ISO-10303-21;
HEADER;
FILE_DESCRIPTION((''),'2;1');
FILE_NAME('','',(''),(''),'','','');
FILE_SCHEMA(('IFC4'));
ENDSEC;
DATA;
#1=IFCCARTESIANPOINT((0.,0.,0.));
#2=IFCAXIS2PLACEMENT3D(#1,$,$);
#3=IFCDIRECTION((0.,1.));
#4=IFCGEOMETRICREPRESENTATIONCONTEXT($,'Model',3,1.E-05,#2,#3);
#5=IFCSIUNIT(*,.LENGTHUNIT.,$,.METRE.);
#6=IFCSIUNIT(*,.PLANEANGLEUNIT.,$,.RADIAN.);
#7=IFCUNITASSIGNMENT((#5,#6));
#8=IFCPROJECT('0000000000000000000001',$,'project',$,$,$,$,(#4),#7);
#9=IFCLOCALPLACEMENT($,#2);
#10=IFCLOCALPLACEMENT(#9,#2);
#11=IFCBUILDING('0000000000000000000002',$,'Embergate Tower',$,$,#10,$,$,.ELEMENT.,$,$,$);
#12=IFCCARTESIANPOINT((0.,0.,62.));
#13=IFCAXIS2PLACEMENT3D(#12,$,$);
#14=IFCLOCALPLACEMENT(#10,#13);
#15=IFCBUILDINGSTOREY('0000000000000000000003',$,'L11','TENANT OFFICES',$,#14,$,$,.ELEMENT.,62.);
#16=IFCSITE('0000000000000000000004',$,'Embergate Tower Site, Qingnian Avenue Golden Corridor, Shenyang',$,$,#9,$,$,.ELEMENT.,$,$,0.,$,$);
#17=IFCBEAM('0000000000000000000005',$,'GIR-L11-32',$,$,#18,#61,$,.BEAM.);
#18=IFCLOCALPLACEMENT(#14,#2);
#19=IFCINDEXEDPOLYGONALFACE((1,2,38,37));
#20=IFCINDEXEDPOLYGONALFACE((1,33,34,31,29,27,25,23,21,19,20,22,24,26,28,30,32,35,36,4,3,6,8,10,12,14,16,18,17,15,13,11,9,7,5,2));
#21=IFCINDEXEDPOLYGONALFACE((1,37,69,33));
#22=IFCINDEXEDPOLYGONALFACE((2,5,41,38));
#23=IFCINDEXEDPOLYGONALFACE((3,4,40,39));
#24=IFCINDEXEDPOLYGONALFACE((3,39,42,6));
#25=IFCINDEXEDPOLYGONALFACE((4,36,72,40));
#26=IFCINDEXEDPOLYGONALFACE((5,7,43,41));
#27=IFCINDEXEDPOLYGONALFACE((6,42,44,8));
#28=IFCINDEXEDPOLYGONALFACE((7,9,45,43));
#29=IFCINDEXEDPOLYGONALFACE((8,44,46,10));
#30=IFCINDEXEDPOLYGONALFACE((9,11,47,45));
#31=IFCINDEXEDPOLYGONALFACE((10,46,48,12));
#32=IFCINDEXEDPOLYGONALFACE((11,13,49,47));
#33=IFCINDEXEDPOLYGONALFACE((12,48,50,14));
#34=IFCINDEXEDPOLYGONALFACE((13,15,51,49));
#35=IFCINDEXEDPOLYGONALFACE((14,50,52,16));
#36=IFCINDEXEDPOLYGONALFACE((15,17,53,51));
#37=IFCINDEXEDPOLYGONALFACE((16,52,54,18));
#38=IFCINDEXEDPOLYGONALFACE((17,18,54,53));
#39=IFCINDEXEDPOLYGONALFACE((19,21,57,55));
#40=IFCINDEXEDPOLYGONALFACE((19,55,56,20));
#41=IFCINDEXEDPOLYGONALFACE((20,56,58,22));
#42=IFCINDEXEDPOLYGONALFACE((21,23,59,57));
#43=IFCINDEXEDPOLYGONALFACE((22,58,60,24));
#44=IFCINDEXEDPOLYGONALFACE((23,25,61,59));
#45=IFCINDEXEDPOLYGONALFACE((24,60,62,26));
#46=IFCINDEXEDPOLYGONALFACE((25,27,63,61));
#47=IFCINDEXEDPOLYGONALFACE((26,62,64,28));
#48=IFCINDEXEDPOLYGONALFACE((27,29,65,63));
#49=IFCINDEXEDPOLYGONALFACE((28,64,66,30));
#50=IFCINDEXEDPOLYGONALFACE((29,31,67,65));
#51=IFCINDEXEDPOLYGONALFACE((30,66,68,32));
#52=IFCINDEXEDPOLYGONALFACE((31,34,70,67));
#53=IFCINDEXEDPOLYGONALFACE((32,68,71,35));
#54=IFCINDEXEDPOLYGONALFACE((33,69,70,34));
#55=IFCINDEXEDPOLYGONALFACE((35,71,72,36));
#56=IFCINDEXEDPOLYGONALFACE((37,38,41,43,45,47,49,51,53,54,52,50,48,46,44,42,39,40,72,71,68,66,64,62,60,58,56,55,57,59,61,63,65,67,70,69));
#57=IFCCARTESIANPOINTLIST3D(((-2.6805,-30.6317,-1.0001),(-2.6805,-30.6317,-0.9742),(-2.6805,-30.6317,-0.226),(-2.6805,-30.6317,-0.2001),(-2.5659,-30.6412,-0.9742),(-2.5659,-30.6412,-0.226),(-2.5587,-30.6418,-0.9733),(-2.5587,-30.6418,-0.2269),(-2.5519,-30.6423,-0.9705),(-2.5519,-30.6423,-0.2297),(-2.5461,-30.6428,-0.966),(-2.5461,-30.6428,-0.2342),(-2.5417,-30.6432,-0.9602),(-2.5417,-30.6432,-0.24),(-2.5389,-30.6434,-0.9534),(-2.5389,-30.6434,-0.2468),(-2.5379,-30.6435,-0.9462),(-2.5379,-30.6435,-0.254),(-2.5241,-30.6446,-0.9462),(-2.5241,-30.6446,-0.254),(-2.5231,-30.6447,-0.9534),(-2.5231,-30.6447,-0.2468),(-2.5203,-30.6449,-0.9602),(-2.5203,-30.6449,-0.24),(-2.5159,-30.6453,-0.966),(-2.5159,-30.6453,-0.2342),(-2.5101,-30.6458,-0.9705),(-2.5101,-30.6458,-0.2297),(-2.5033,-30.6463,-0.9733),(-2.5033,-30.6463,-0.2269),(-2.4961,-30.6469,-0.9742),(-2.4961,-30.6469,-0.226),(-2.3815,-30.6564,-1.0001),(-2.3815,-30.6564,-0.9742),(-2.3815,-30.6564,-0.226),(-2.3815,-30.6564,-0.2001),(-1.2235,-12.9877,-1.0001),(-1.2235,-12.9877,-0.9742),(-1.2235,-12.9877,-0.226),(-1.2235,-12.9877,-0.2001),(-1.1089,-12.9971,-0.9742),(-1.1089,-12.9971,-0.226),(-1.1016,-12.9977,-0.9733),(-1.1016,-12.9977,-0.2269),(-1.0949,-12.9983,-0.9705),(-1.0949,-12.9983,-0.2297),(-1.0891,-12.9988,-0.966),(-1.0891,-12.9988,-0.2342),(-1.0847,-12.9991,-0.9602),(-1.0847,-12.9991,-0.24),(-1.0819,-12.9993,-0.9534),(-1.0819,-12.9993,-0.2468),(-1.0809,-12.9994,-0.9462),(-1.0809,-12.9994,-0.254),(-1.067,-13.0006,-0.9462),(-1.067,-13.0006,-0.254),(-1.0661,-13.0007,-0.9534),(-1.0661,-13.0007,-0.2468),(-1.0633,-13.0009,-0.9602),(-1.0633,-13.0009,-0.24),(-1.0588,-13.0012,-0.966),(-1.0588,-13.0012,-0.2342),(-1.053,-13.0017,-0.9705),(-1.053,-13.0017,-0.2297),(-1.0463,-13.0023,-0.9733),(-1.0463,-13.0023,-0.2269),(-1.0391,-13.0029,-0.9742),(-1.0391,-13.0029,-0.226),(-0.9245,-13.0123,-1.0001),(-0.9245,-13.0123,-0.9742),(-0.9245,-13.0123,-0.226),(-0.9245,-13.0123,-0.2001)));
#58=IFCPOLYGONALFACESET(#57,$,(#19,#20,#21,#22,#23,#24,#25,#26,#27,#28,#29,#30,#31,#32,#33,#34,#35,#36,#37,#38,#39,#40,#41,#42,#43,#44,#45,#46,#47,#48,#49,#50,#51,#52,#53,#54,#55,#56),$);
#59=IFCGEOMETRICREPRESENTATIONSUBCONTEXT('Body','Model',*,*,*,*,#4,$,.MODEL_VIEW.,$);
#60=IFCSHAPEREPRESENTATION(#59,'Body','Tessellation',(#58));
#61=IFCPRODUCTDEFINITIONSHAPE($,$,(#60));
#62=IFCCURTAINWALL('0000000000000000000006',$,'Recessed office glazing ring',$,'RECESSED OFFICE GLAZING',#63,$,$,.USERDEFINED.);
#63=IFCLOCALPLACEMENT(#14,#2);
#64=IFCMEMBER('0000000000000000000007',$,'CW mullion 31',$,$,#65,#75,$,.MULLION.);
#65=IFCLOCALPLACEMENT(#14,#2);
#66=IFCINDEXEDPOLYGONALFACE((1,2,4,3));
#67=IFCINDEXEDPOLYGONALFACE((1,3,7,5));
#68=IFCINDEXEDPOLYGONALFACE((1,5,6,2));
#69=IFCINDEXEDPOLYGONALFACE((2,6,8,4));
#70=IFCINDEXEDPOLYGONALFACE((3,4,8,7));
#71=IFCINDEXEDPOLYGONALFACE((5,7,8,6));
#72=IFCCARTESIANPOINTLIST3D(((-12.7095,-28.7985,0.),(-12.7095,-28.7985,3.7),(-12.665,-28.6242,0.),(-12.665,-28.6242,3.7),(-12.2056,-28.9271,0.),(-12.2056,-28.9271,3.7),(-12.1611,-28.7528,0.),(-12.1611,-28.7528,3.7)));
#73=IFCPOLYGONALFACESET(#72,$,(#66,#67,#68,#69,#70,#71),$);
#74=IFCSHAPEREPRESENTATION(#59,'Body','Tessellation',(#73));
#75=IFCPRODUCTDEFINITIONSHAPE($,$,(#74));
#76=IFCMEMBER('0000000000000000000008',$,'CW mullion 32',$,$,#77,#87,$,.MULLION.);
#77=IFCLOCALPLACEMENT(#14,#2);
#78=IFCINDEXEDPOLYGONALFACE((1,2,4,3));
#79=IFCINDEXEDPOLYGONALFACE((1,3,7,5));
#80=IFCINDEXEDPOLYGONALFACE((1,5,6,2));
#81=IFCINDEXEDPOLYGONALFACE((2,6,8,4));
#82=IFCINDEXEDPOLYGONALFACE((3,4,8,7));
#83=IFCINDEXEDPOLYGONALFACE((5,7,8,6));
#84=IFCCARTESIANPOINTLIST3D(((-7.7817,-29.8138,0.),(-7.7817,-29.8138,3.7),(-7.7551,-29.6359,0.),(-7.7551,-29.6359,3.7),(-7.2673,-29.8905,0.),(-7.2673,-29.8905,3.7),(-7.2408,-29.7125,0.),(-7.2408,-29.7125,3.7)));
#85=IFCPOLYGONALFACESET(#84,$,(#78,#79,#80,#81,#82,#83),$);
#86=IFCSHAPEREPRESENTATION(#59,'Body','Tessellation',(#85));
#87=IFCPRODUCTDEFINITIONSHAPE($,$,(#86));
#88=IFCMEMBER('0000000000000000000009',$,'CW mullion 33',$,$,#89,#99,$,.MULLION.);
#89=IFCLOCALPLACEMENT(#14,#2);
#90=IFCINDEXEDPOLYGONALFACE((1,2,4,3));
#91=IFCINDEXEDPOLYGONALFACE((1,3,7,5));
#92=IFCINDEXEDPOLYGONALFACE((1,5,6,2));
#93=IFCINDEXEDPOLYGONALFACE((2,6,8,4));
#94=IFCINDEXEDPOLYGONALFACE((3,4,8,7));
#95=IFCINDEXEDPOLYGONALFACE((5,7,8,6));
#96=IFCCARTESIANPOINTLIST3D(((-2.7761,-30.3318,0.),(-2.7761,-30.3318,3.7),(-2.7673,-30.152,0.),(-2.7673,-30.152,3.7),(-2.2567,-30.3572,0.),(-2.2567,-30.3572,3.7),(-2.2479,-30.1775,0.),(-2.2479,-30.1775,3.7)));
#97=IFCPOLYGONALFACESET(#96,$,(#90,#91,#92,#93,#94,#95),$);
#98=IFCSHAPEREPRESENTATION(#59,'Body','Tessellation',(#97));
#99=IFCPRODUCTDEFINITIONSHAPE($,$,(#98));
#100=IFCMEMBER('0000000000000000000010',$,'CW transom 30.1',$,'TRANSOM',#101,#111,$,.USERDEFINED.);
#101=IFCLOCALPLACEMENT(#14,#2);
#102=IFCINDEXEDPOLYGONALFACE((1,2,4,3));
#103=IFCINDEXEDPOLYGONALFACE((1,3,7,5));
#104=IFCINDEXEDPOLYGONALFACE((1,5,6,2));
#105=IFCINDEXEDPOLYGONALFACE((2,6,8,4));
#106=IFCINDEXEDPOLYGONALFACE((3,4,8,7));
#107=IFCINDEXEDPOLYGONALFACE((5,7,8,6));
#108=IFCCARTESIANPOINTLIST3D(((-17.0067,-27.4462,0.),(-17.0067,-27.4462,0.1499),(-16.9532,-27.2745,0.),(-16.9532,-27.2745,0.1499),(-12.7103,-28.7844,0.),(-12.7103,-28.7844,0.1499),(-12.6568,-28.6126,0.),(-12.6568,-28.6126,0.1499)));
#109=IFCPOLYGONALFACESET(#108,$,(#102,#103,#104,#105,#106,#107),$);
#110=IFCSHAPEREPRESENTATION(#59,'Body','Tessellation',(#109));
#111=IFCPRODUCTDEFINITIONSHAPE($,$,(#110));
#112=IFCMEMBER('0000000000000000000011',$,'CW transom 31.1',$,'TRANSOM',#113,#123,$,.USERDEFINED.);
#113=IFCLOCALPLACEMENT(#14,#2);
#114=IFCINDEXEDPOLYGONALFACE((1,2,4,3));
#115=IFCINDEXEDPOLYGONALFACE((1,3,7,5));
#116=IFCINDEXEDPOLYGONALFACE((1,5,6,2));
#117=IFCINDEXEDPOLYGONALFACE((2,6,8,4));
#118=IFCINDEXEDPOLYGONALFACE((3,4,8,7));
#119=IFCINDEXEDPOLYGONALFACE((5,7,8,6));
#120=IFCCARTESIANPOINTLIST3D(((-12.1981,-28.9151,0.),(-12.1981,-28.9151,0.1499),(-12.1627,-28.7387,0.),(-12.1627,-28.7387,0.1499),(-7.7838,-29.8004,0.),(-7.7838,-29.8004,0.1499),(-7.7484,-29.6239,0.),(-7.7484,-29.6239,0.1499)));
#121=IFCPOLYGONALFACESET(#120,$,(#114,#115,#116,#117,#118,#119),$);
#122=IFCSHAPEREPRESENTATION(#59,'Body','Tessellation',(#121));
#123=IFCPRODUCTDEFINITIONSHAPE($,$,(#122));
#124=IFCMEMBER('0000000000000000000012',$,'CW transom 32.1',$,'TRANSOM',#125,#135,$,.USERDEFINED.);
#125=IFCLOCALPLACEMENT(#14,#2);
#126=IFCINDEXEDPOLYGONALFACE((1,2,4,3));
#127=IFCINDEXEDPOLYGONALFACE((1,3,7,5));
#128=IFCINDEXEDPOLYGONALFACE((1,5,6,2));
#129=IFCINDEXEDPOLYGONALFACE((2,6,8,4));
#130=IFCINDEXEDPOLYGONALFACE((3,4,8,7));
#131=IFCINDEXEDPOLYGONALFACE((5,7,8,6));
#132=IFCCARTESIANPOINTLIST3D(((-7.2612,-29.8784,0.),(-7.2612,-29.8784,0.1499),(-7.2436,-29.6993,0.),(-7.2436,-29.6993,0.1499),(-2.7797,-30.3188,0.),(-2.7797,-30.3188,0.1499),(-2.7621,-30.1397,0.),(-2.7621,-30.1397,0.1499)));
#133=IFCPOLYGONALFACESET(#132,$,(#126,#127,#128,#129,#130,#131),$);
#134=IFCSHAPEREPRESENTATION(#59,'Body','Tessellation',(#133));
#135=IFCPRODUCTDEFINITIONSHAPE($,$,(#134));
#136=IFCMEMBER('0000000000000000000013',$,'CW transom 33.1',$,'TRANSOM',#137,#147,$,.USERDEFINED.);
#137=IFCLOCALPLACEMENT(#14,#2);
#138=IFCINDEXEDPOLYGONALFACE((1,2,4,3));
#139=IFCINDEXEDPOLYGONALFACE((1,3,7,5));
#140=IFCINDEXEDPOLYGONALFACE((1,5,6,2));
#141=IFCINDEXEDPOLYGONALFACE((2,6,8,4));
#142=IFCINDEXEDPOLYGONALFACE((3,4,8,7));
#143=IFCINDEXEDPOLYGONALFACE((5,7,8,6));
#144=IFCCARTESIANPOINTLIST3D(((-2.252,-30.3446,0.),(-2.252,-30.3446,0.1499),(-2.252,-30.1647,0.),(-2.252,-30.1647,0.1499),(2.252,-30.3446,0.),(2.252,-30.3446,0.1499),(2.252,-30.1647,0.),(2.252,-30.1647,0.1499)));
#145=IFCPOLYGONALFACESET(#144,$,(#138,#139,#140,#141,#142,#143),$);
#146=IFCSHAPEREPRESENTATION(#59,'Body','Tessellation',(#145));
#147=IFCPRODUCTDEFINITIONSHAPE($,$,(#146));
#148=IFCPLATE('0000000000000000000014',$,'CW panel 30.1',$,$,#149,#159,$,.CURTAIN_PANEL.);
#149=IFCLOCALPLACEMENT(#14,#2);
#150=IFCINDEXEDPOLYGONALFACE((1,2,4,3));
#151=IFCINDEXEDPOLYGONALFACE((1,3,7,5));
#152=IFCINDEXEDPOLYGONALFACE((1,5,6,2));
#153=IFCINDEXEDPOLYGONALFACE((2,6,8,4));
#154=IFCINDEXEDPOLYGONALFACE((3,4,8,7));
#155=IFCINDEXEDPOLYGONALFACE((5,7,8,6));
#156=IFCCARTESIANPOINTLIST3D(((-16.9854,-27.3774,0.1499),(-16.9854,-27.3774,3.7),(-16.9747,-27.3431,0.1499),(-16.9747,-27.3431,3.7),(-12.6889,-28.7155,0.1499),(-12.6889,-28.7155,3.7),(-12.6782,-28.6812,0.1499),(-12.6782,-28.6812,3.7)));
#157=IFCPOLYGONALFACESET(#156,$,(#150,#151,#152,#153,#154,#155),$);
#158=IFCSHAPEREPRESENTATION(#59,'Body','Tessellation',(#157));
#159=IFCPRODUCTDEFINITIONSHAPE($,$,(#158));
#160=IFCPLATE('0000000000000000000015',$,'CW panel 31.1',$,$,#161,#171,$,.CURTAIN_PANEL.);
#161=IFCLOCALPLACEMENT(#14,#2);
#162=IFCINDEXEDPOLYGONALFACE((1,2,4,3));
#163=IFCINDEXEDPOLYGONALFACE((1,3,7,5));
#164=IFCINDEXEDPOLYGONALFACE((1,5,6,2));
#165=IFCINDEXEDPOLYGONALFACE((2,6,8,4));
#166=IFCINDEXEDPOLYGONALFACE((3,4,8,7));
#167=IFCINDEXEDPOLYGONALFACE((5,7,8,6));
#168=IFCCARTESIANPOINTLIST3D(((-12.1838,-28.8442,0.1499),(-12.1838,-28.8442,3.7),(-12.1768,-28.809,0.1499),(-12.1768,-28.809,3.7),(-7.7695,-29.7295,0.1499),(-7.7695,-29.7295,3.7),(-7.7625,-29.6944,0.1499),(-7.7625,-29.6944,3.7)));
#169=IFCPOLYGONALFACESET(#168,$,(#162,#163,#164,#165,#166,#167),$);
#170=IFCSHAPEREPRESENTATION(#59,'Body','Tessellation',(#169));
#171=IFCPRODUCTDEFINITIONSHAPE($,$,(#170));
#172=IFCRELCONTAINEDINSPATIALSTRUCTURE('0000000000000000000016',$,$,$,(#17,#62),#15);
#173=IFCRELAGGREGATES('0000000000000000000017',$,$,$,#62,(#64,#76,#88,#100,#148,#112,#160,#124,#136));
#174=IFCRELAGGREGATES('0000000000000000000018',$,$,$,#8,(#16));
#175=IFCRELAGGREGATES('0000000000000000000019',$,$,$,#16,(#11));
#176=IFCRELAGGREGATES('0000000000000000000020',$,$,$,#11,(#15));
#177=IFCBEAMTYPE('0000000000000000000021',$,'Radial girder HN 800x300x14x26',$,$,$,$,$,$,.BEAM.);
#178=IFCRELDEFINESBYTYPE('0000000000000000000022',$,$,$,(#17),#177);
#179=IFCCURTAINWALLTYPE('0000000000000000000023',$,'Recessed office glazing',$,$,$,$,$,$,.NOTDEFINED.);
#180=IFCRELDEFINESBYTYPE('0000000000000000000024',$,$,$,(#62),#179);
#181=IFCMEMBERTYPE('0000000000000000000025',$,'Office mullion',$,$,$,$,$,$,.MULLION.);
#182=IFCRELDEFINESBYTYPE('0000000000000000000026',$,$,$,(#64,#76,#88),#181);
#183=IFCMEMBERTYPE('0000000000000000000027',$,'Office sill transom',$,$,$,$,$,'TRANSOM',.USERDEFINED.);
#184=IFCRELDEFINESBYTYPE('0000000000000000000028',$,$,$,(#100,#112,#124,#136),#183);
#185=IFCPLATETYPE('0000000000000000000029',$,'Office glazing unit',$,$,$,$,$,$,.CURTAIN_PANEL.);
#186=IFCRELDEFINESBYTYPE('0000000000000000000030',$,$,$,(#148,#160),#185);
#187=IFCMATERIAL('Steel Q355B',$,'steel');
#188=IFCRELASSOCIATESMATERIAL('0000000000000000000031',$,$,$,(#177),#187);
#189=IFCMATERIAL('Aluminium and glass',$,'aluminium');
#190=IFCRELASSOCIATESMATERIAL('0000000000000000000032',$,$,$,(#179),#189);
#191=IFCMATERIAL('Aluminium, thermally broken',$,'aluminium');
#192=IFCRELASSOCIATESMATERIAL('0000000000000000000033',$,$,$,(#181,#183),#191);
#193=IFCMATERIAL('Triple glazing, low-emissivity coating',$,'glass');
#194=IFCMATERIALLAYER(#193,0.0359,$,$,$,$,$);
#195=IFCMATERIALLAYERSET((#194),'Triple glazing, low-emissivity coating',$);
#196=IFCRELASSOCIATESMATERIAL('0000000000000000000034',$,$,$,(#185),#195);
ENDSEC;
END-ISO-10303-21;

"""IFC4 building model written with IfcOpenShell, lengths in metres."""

from ifc_helpers import new_model, si_unit, direction, frame, origin, origin_2d, place, context, subcontext, project, spatial, rectangle, i_section, extrude, source, transform, mapped, material, layer, layer_set, material_profile, profile_set, type_object, element, aggregate, save


model = new_model("IFC4")

# Units and contexts
model_context = context("Model", 3, precision=1e-05, world=origin(), true_north=direction((0.0, 1.0)))
body_context = subcontext(model_context, "Body", "Model", "MODEL_VIEW")
ifc_project = project(units=[si_unit("LENGTHUNIT", "METRE"), si_unit("PLANEANGLEUNIT", "RADIAN")], contexts=[model_context])

# Site, building, storey
site_placement = place(None, origin())
site = spatial("IfcSite", under=ifc_project, at=site_placement, Name="Embergate Tower Site, Qingnian Avenue Golden Corridor, Shenyang", CompositionType="ELEMENT", RefElevation=0.0)
building_placement = place(site_placement, origin())
building = spatial("IfcBuilding", under=site, at=building_placement, Name="Embergate Tower", CompositionType="ELEMENT")
storey_placement = place(building_placement, frame((0.0, 0.0, 62.0)))
storey = spatial("IfcBuildingStorey", under=building, at=storey_placement, Name="L11", Description="TENANT OFFICES", CompositionType="ELEMENT", Elevation=62.0)

# Beam
ifc_material_1 = material(Name="Steel Q355B", Category="steel")
ifc_material_profile_1 = material_profile(ifc_material_1, i_section(OverallWidth=0.3, OverallDepth=0.8, WebThickness=0.0139, FlangeThickness=0.0259, FilletRadius=0.0281, at=origin_2d()), Name="HN 800x300x14x26")
ifc_profile_set_1 = profile_set([ifc_material_profile_1], Name="Steel Q355 grade B")
beam_type_1 = type_object("IfcBeamType", Name="Radial girder HN 800x300x14x26", PredefinedType="BEAM", material=ifc_profile_set_1)
shared_shape_1 = source(origin(), body_context, "Body", "SweptSolid", [
    extrude(i_section(OverallWidth=0.3, OverallDepth=0.8, WebThickness=0.0139, FlangeThickness=0.0259, FilletRadius=0.0281, at=origin_2d()), origin(), (0.0, 0.0, 1.0), 17.7041),
])
beam_1_placement = place(storey_placement, frame((-2.531, -30.644, -0.6001), z_axis=(0.082299, 0.996608, 0.0), x_axis=(-0.996608, 0.082299, 0.0)))
element("IfcBeam", 1, at=beam_1_placement, inside=storey, type_object=beam_type_1, Name="GIR-L11-32", PredefinedType="BEAM", context=body_context, shape_type="MappedRepresentation", body=[
    mapped(shared_shape_1, transform((0.0, 0.0, 0.0))),
])

# Curtain wall, members, plates
ifc_material_2 = material(Name="Aluminium and glass", Category="aluminium")
curtain_wall_type = type_object("IfcCurtainWallType", Name="Recessed office glazing", PredefinedType="NOTDEFINED", material=ifc_material_2)
curtain_wall_placement = place(storey_placement, origin())
curtain_wall = element("IfcCurtainWall", 2, at=curtain_wall_placement, inside=storey, type_object=curtain_wall_type, Name="Recessed office glazing ring", ObjectType="RECESSED OFFICE GLAZING", PredefinedType="USERDEFINED")
ifc_material_3 = material(Name="Aluminium, thermally broken", Category="aluminium")
ifc_material_profile_2 = material_profile(ifc_material_3, rectangle(XDim=0.1799, YDim=0.52, at=origin_2d()), Name="AL 520x180")
ifc_profile_set_2 = profile_set([ifc_material_profile_2], Name="Aluminium, thermally broken")
member_type_1 = type_object("IfcMemberType", Name="Office mullion", PredefinedType="MULLION", material=ifc_profile_set_2)
shared_shape_2 = source(origin(), body_context, "Body", "SweptSolid", [
    extrude(rectangle(XDim=0.1799, YDim=0.52, at=origin_2d()), origin(), (0.0, 0.0, 1.0), 3.7),
])
member_1_placement = place(storey_placement, frame((-12.4353, -28.7756, 0.0), z_axis=(0.0, 0.0, 1.0), x_axis=(0.247319, 0.968934, 0.0)))
member_1 = element("IfcMember", 3, at=member_1_placement, type_object=member_type_1, Name="CW mullion 31", PredefinedType="MULLION", context=body_context, shape_type="MappedRepresentation", body=[
    mapped(shared_shape_2, transform((0.0, 0.0, 0.0))),
])
member_2_placement = place(storey_placement, frame((-7.5112, -29.7632, 0.0), z_axis=(0.0, 0.0, 1.0), x_axis=(0.147416, 0.989075, 0.0)))
member_2 = element("IfcMember", 4, at=member_2_placement, type_object=member_type_1, Name="CW mullion 32", PredefinedType="MULLION", context=body_context, shape_type="MappedRepresentation", body=[
    mapped(shared_shape_2, transform((0.0, 0.0, 0.0))),
])
member_3_placement = place(storey_placement, frame((-2.512, -30.2546, 0.0), z_axis=(0.0, 0.0, 1.0), x_axis=(0.048972, 0.9988, 0.0)))
member_3 = element("IfcMember", 5, at=member_3_placement, type_object=member_type_1, Name="CW mullion 33", PredefinedType="MULLION", context=body_context, shape_type="MappedRepresentation", body=[
    mapped(shared_shape_2, transform((0.0, 0.0, 0.0))),
])
ifc_material_profile_3 = material_profile(ifc_material_3, rectangle(XDim=0.1799, YDim=0.1499, at=origin_2d()), Name="AL 150x180")
ifc_profile_set_3 = profile_set([ifc_material_profile_3], Name="Aluminium, thermally broken")
member_type_2 = type_object("IfcMemberType", Name="Office sill transom", ElementType="TRANSOM", PredefinedType="USERDEFINED", material=ifc_profile_set_3)
shared_shape_3 = source(origin(), body_context, "Body", "SweptSolid", [
    extrude(rectangle(XDim=0.1799, YDim=0.1499, at=origin_2d()), origin(), (0.0, 0.0, 1.0), 4.5),
])
member_4_placement = place(storey_placement, frame((-16.98, -27.3604, 0.075), z_axis=(0.954763, -0.297367, 0.0), x_axis=(0.297367, 0.954763, 0.0)))
member_4 = element("IfcMember", 6, at=member_4_placement, type_object=member_type_2, Name="CW transom 30.1", ObjectType="TRANSOM", PredefinedType="USERDEFINED", context=body_context, shape_type="MappedRepresentation", body=[
    mapped(shared_shape_3, transform((0.0, 0.0, 0.0))),
])
shared_shape_4 = source(origin(), body_context, "Body", "SweptSolid", [
    extrude(rectangle(XDim=0.1799, YDim=0.1499, at=origin_2d()), origin(), (0.0, 0.0, 1.0), 4.5022),
])
member_5_placement = place(storey_placement, frame((-12.1804, -28.8269, 0.075), z_axis=(0.980478, -0.196627, 0.0), x_axis=(0.196627, 0.980478, 0.0)))
member_5 = element("IfcMember", 7, at=member_5_placement, type_object=member_type_2, Name="CW transom 31.1", ObjectType="TRANSOM", PredefinedType="USERDEFINED", context=body_context, shape_type="MappedRepresentation", body=[
    mapped(shared_shape_4, transform((0.0, 0.0, 0.0))),
])
shared_shape_5 = source(origin(), body_context, "Body", "SweptSolid", [
    extrude(rectangle(XDim=0.1799, YDim=0.1499, at=origin_2d()), origin(), (0.0, 0.0, 1.0), 4.5032),
])
member_6_placement = place(storey_placement, frame((-7.2524, -29.7888, 0.075), z_axis=(0.995206, -0.097802, 0.0), x_axis=(0.097802, 0.995206, 0.0)))
member_6 = element("IfcMember", 8, at=member_6_placement, type_object=member_type_2, Name="CW transom 32.1", ObjectType="TRANSOM", PredefinedType="USERDEFINED", context=body_context, shape_type="MappedRepresentation", body=[
    mapped(shared_shape_5, transform((0.0, 0.0, 0.0))),
])
shared_shape_6 = source(origin(), body_context, "Body", "SweptSolid", [
    extrude(rectangle(XDim=0.1799, YDim=0.1499, at=origin_2d()), origin(), (0.0, 0.0, 1.0), 4.5039),
])
member_7_placement = place(storey_placement, frame((-2.252, -30.2546, 0.075), z_axis=(1.0, 0.0, 0.0), x_axis=(0.0, 1.0, 0.0)))
member_7 = element("IfcMember", 9, at=member_7_placement, type_object=member_type_2, Name="CW transom 33.1", ObjectType="TRANSOM", PredefinedType="USERDEFINED", context=body_context, shape_type="MappedRepresentation", body=[
    mapped(shared_shape_6, transform((0.0, 0.0, 0.0))),
])
ifc_material_4 = material(Name="Triple glazing, low-emissivity coating", Category="glass")
ifc_layer_1 = layer(ifc_material_4, 0.0359)
ifc_layer_set_1 = layer_set([ifc_layer_1], Name="Triple glazing, low-emissivity coating")
plate_type = type_object("IfcPlateType", Name="Office glazing unit", PredefinedType="CURTAIN_PANEL", material=ifc_layer_set_1)
shared_shape_7 = source(origin(), body_context, "Body", "SweptSolid", [
    extrude(rectangle(XDim=4.5, YDim=0.0359, at=origin_2d()), origin(), (0.0, 0.0, 1.0), 3.55),
])
plate_1_placement = place(storey_placement, frame((-14.8318, -28.0293, 0.1499), z_axis=(0.0, 0.0, 1.0), x_axis=(0.95477, -0.297345, 0.0)))
plate_1 = element("IfcPlate", 10, at=plate_1_placement, type_object=plate_type, Name="CW panel 30.1", PredefinedType="CURTAIN_PANEL", context=body_context, shape_type="MappedRepresentation", body=[
    mapped(shared_shape_7, transform((0.0, 0.0, 0.0))),
])
shared_shape_8 = source(origin(), body_context, "Body", "SweptSolid", [
    extrude(rectangle(XDim=4.5022, YDim=0.0359, at=origin_2d()), origin(), (0.0, 0.0, 1.0), 3.55),
])
plate_2_placement = place(storey_placement, frame((-9.9731, -29.2693, 0.1499), z_axis=(0.0, 0.0, 1.0), x_axis=(0.980475, -0.196644, 0.0)))
plate_2 = element("IfcPlate", 11, at=plate_2_placement, type_object=plate_type, Name="CW panel 31.1", PredefinedType="CURTAIN_PANEL", context=body_context, shape_type="MappedRepresentation", body=[
    mapped(shared_shape_8, transform((0.0, 0.0, 0.0))),
])
aggregate(curtain_wall, [member_1, member_2, member_3, member_4, plate_1, member_5, plate_2, member_6, member_7])

save(model, "model.ifc")
